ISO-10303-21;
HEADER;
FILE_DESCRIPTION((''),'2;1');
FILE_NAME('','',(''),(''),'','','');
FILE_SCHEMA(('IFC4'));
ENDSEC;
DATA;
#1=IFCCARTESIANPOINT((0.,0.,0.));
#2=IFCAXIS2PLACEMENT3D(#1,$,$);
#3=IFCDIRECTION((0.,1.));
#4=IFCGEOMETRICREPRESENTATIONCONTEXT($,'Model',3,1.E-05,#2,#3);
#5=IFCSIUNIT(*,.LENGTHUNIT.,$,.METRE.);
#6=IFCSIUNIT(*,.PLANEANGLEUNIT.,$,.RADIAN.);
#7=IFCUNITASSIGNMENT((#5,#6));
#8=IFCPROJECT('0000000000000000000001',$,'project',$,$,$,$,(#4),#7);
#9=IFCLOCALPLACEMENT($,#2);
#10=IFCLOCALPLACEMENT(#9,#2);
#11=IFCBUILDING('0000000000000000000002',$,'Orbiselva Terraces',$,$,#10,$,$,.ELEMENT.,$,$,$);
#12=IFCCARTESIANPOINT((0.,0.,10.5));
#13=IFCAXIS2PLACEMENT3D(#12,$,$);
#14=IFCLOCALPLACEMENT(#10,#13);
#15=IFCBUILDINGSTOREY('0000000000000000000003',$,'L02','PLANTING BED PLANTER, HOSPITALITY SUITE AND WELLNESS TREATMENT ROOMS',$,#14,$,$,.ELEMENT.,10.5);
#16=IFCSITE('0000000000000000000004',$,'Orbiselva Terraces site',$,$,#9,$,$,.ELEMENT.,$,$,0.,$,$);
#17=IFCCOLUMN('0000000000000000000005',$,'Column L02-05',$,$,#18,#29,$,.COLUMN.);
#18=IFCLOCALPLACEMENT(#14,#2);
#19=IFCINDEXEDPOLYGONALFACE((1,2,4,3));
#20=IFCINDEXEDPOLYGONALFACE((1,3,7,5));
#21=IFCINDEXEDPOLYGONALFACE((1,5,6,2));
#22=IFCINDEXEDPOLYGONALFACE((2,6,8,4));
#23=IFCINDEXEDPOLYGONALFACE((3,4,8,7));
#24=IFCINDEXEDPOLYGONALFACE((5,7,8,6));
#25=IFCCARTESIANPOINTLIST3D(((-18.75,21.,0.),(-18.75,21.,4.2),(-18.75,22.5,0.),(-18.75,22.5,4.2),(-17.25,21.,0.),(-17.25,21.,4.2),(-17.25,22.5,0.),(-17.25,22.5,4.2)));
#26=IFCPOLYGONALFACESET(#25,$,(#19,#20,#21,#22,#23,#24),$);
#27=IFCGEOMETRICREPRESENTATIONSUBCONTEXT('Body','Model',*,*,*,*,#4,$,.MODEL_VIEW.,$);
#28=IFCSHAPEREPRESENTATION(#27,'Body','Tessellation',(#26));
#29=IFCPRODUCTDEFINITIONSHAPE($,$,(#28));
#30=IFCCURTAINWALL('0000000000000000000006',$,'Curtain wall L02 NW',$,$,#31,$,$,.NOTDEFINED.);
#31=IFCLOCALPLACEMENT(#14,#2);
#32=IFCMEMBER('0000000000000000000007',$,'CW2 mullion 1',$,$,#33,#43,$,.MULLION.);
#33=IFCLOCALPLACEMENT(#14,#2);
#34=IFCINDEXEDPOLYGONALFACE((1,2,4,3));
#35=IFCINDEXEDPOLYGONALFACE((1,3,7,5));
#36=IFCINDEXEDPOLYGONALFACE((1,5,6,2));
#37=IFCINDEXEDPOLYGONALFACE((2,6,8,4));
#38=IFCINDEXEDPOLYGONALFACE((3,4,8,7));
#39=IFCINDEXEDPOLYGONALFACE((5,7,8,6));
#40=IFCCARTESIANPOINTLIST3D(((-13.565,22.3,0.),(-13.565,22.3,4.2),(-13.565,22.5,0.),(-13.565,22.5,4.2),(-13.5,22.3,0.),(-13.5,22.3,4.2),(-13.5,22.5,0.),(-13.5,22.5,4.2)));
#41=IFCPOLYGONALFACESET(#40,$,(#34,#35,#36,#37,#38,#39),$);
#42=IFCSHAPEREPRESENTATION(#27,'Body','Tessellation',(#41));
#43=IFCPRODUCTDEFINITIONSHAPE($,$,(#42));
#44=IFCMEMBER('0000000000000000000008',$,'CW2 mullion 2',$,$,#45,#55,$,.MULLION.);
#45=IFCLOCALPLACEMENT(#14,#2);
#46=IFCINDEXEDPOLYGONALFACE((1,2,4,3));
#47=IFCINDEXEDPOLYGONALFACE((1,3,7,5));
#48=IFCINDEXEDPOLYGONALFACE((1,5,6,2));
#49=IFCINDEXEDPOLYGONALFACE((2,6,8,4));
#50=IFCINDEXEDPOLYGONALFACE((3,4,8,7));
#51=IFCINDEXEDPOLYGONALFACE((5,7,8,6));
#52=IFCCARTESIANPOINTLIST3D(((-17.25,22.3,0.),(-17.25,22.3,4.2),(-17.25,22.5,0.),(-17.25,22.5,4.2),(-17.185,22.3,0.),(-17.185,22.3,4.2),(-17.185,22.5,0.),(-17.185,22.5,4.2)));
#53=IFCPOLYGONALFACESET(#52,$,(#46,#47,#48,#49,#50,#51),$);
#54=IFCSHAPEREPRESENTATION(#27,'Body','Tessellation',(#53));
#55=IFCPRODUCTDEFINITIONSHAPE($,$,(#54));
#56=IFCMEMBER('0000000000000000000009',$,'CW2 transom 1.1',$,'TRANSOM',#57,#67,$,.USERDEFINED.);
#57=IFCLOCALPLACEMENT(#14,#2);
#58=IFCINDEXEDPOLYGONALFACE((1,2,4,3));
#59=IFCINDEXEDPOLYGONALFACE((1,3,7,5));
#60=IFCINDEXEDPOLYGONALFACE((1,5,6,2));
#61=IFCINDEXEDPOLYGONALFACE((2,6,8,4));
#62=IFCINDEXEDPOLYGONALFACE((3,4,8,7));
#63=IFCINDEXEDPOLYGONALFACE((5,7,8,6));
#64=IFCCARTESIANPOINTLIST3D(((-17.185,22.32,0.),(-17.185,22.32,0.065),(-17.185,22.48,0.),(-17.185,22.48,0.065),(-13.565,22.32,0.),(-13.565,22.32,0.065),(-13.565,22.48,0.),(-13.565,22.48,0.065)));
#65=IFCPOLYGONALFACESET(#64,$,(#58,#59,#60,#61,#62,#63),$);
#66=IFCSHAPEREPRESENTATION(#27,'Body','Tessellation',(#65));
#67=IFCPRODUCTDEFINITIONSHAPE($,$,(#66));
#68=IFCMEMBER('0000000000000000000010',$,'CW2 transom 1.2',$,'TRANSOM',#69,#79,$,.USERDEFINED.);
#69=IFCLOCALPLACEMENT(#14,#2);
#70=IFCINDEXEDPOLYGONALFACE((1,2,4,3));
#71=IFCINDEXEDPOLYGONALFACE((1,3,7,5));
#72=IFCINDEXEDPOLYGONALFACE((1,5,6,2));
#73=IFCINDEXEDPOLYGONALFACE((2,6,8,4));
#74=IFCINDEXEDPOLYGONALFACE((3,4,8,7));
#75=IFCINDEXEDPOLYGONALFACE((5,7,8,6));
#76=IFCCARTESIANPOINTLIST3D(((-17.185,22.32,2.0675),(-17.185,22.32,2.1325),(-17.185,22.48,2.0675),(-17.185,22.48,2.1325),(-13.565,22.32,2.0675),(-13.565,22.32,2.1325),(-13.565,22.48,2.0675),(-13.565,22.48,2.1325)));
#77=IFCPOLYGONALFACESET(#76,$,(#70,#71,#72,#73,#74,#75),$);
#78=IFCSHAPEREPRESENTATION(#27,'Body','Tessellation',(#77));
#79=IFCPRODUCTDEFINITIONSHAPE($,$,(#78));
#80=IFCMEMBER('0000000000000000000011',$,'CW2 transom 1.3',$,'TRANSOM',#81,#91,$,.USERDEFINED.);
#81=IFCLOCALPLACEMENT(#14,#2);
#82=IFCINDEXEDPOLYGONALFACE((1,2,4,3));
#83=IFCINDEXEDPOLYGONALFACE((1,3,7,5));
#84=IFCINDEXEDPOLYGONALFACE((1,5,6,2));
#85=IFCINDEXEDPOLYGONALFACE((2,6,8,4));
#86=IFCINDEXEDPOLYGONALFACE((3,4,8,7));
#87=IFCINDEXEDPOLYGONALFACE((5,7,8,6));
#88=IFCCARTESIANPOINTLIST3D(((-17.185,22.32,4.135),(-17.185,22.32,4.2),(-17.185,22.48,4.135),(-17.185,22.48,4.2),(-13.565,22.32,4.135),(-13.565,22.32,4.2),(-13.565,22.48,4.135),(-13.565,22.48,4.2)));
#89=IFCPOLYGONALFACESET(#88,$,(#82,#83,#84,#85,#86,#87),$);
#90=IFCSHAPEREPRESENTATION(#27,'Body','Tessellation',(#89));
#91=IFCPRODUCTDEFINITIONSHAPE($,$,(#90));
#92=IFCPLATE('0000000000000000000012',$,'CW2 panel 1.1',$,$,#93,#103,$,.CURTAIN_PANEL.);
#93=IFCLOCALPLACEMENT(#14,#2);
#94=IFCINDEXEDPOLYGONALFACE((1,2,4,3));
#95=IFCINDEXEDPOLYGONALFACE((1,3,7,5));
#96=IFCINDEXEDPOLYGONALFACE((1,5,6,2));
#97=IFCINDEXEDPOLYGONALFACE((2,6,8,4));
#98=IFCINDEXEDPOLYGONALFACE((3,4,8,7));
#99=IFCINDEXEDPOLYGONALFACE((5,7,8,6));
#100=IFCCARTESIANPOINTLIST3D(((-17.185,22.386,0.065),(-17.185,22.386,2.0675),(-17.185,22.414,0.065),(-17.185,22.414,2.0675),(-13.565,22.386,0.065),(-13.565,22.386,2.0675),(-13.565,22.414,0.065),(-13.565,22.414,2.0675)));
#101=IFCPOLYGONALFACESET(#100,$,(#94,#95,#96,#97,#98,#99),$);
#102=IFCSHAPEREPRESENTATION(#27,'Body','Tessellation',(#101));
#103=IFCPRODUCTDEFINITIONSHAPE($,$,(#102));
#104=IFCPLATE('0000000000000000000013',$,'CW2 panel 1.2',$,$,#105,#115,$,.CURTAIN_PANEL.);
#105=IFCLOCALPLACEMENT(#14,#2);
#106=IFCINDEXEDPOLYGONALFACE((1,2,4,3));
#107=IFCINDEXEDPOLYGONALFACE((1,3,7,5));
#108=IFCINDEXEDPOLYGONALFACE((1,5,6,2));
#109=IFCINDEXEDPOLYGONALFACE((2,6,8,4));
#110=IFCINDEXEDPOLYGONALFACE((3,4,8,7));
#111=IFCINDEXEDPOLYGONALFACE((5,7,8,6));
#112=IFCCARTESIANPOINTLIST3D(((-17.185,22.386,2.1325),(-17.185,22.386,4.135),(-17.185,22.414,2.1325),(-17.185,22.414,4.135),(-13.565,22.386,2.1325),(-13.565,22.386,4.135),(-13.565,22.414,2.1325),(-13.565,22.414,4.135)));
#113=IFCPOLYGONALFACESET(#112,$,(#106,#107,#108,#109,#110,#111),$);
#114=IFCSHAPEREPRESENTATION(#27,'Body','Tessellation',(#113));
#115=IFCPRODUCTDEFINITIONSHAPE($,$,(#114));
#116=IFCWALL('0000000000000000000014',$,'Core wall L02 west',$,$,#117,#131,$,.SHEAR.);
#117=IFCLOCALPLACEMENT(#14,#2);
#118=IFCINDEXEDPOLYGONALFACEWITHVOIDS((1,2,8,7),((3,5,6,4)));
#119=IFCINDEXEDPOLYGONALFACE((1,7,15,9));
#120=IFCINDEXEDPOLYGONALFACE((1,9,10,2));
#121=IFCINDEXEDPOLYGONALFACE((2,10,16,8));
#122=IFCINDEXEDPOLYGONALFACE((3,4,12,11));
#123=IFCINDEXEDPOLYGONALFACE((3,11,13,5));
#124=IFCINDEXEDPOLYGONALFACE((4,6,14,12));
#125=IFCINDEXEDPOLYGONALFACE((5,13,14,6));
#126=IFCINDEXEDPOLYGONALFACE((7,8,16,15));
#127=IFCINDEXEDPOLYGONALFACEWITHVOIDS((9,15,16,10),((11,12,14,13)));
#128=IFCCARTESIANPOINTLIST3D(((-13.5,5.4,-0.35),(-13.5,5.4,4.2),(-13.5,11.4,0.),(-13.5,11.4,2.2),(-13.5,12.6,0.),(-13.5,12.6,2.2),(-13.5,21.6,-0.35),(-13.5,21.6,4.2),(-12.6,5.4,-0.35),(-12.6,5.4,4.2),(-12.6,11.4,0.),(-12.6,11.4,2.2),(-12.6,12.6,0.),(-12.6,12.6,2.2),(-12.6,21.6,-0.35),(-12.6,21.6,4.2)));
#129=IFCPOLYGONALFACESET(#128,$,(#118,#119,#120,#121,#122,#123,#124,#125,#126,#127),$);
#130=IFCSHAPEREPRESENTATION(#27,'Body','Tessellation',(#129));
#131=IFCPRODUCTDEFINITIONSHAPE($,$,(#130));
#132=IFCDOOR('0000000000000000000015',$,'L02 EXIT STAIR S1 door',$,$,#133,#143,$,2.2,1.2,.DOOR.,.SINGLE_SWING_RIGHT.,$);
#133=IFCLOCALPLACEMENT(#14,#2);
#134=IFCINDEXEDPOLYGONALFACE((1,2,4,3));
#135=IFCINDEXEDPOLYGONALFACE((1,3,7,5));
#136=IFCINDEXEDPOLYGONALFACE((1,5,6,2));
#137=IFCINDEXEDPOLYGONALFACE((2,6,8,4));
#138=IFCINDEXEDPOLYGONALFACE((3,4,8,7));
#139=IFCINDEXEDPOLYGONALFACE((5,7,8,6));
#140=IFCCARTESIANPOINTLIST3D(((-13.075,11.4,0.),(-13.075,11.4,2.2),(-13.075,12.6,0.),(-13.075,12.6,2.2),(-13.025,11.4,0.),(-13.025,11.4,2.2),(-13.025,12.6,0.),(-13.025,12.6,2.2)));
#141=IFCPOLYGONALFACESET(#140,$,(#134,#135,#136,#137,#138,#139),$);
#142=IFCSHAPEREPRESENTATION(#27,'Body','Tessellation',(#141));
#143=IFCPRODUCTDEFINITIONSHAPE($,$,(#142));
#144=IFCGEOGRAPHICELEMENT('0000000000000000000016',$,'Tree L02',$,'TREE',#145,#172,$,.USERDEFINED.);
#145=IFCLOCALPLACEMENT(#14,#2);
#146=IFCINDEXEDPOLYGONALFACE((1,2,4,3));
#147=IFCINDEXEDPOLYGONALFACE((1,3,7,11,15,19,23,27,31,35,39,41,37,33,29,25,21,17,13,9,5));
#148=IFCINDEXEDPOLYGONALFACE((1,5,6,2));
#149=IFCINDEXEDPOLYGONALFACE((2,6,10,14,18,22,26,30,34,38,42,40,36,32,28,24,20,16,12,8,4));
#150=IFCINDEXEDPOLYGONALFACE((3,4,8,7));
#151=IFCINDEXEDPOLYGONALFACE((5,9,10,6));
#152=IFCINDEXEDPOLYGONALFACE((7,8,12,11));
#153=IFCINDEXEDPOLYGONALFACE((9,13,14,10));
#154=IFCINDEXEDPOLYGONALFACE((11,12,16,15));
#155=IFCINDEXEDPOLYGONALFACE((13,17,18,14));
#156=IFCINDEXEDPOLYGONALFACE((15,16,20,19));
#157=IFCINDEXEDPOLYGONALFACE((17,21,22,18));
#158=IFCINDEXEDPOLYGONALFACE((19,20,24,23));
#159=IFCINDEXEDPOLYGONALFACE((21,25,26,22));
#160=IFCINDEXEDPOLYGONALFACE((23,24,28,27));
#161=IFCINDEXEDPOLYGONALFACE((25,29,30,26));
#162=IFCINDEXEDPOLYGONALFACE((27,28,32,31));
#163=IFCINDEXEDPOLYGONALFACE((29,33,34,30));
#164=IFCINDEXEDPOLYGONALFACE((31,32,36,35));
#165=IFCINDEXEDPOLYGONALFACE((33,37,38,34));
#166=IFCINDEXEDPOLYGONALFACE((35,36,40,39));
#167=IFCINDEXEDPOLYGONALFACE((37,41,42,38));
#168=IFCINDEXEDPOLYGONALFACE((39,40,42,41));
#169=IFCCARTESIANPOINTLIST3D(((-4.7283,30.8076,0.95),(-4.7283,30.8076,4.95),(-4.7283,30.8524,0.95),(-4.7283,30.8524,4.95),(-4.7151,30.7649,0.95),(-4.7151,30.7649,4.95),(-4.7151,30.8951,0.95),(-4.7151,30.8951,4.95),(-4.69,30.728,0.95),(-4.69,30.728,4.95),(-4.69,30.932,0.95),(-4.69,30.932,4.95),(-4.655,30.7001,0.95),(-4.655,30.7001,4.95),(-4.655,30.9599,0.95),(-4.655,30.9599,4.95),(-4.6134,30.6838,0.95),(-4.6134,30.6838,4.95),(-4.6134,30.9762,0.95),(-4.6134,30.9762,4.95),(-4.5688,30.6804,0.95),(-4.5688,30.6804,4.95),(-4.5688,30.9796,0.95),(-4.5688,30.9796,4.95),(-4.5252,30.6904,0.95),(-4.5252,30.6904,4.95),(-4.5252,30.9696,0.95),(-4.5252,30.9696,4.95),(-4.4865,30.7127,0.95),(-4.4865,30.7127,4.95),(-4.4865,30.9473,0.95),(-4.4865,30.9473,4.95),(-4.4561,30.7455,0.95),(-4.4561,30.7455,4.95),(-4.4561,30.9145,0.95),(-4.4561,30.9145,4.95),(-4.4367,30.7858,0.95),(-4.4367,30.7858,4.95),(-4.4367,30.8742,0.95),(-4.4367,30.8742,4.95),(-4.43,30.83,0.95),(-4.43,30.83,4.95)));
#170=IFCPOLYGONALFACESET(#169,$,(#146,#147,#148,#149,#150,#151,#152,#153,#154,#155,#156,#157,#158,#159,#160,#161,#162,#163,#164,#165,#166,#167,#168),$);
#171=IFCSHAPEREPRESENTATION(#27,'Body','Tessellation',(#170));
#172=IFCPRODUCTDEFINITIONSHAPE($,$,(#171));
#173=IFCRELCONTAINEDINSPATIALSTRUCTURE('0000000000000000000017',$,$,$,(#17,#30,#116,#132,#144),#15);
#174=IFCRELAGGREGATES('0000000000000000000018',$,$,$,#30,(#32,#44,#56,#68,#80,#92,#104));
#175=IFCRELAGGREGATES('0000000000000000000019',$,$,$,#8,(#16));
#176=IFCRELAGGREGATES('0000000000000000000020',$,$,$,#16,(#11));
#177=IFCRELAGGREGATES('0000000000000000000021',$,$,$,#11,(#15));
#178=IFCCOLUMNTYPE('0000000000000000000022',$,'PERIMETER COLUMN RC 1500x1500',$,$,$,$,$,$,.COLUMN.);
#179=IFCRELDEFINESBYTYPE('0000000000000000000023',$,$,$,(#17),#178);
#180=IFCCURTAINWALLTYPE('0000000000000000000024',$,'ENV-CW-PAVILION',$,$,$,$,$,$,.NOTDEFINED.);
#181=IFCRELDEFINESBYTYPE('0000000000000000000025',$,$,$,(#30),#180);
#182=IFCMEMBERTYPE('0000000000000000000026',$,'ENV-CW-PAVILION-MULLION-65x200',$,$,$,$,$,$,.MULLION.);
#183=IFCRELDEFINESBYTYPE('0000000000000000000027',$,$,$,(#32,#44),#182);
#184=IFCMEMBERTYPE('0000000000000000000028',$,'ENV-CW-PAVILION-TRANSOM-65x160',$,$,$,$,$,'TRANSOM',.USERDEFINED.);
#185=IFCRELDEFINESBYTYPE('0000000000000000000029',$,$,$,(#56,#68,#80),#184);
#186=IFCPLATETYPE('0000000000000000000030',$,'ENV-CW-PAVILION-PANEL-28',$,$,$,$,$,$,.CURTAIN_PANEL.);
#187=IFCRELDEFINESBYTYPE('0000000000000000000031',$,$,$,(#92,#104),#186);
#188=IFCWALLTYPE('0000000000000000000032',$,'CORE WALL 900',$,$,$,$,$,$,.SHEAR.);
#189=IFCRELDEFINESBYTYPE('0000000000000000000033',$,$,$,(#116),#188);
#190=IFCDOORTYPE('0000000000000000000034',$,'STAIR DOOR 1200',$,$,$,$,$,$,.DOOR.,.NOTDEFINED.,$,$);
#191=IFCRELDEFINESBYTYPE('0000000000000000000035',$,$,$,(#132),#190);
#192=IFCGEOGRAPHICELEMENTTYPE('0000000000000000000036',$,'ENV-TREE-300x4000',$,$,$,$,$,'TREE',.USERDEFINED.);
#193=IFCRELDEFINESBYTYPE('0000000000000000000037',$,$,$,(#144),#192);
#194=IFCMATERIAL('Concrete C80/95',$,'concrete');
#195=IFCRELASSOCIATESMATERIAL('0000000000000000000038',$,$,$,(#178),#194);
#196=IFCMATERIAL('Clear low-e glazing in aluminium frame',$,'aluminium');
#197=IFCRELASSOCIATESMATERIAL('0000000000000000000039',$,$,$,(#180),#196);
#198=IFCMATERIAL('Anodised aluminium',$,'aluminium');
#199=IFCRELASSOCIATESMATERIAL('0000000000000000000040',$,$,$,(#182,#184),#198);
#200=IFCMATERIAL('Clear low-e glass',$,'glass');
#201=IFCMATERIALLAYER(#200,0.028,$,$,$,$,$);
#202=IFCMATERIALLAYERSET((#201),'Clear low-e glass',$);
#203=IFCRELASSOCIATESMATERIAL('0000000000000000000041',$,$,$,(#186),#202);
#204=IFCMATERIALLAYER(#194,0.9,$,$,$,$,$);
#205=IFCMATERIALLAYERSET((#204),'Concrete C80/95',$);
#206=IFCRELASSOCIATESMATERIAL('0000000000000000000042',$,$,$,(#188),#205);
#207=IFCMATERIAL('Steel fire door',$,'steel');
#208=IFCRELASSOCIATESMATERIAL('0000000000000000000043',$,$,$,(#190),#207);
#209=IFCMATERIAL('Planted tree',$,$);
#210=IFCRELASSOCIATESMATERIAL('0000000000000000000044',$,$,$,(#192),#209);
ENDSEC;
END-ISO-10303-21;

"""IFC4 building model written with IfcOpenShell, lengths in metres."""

from ifc_helpers import new_model, si_unit, direction, frame, frame_2d, origin, origin_2d, place, context, subcontext, project, spatial, rectangle, circle, extrude, material, layer, layer_set, material_profile, profile_set, type_object, element, fill, aggregate, save


model = new_model("IFC4")

# Units and contexts
model_context = context("Model", 3, precision=1e-05, world=origin(), true_north=direction((0.0, 1.0)))
body_context = subcontext(model_context, "Body", "Model", "MODEL_VIEW")
ifc_project = project(units=[si_unit("LENGTHUNIT", "METRE"), si_unit("PLANEANGLEUNIT", "RADIAN")], contexts=[model_context])

# Site, building, storey
site_placement = place(None, origin())
site = spatial("IfcSite", under=ifc_project, at=site_placement, Name="Orbiselva Terraces site", CompositionType="ELEMENT", RefElevation=0.0)
building_placement = place(site_placement, origin())
building = spatial("IfcBuilding", under=site, at=building_placement, Name="Orbiselva Terraces", CompositionType="ELEMENT")
storey_placement = place(building_placement, frame((0.0, 0.0, 10.5)))
storey = spatial("IfcBuildingStorey", under=building, at=storey_placement, Name="L02", Description="PLANTING BED PLANTER, HOSPITALITY SUITE AND WELLNESS TREATMENT ROOMS", CompositionType="ELEMENT", Elevation=10.5)

# Column
ifc_material_1 = material(Name="Concrete C80/95", Category="concrete")
ifc_material_profile_1 = material_profile(ifc_material_1, rectangle(XDim=1.5, YDim=1.5, at=origin_2d()), Name="RC 1500x1500")
ifc_profile_set_1 = profile_set([ifc_material_profile_1], Name="Concrete C80/95")
column_type = type_object("IfcColumnType", Name="PERIMETER COLUMN RC 1500x1500", PredefinedType="COLUMN", material=ifc_profile_set_1)
column_placement = place(storey_placement, frame((-18.0, 21.75, 0.0), z_axis=(0.0, 0.0, 1.0), x_axis=(1.0, 0.0, 0.0)))
element("IfcColumn", 1, at=column_placement, inside=storey, type_object=column_type, Name="Column L02-05", PredefinedType="COLUMN", context=body_context, shape_type="SweptSolid", body=[
    extrude(rectangle(XDim=1.5, YDim=1.5, at=origin_2d()), origin(), (0.0, 0.0, 1.0), 4.2),
])

# Curtain wall, members, plates
ifc_material_2 = material(Name="Clear low-e glazing in aluminium frame", Category="aluminium")
curtain_wall_type = type_object("IfcCurtainWallType", Name="ENV-CW-PAVILION", PredefinedType="NOTDEFINED", material=ifc_material_2)
curtain_wall_placement = place(storey_placement, origin())
curtain_wall = element("IfcCurtainWall", 2, at=curtain_wall_placement, inside=storey, type_object=curtain_wall_type, Name="Curtain wall L02 NW", PredefinedType="NOTDEFINED")
ifc_material_3 = material(Name="Anodised aluminium", Category="aluminium")
ifc_material_profile_2 = material_profile(ifc_material_3, rectangle(XDim=0.2, YDim=0.065, at=origin_2d()), Name="AL 65x200")
ifc_profile_set_2 = profile_set([ifc_material_profile_2], Name="Anodised aluminium")
member_type_1 = type_object("IfcMemberType", Name="ENV-CW-PAVILION-MULLION-65x200", PredefinedType="MULLION", material=ifc_profile_set_2)
member_1_placement = place(storey_placement, frame((-13.5325, 22.4, 0.0), z_axis=(0.0, 0.0, 1.0), x_axis=(0.0, -1.0, 0.0)))
member_1 = element("IfcMember", 3, at=member_1_placement, type_object=member_type_1, Name="CW2 mullion 1", PredefinedType="MULLION", context=body_context, shape_type="SweptSolid", body=[
    extrude(rectangle(XDim=0.2, YDim=0.065, at=origin_2d()), origin(), (0.0, 0.0, 1.0), 4.2),
])
member_2_placement = place(storey_placement, frame((-17.2175, 22.4, 0.0), z_axis=(0.0, 0.0, 1.0), x_axis=(0.0, -1.0, 0.0)))
member_2 = element("IfcMember", 4, at=member_2_placement, type_object=member_type_1, Name="CW2 mullion 2", PredefinedType="MULLION", context=body_context, shape_type="SweptSolid", body=[
    extrude(rectangle(XDim=0.2, YDim=0.065, at=origin_2d()), origin(), (0.0, 0.0, 1.0), 4.2),
])
ifc_material_profile_3 = material_profile(ifc_material_3, rectangle(XDim=0.16, YDim=0.065, at=origin_2d()), Name="AL 65x160")
ifc_profile_set_3 = profile_set([ifc_material_profile_3], Name="Anodised aluminium")
member_type_2 = type_object("IfcMemberType", Name="ENV-CW-PAVILION-TRANSOM-65x160", ElementType="TRANSOM", PredefinedType="USERDEFINED", material=ifc_profile_set_3)
member_3_placement = place(storey_placement, frame((-13.565, 22.4, 0.0325), z_axis=(-1.0, 0.0, 0.0), x_axis=(0.0, -1.0, 0.0)))
member_3 = element("IfcMember", 5, at=member_3_placement, type_object=member_type_2, Name="CW2 transom 1.1", ObjectType="TRANSOM", PredefinedType="USERDEFINED", context=body_context, shape_type="SweptSolid", body=[
    extrude(rectangle(XDim=0.16, YDim=0.065, at=origin_2d()), origin(), (0.0, 0.0, 1.0), 3.62),
])
member_4_placement = place(storey_placement, frame((-13.565, 22.4, 2.1), z_axis=(-1.0, 0.0, 0.0), x_axis=(0.0, -1.0, 0.0)))
member_4 = element("IfcMember", 6, at=member_4_placement, type_object=member_type_2, Name="CW2 transom 1.2", ObjectType="TRANSOM", PredefinedType="USERDEFINED", context=body_context, shape_type="SweptSolid", body=[
    extrude(rectangle(XDim=0.16, YDim=0.065, at=origin_2d()), origin(), (0.0, 0.0, 1.0), 3.62),
])
member_5_placement = place(storey_placement, frame((-13.565, 22.4, 4.1675), z_axis=(-1.0, 0.0, 0.0), x_axis=(0.0, -1.0, 0.0)))
member_5 = element("IfcMember", 7, at=member_5_placement, type_object=member_type_2, Name="CW2 transom 1.3", ObjectType="TRANSOM", PredefinedType="USERDEFINED", context=body_context, shape_type="SweptSolid", body=[
    extrude(rectangle(XDim=0.16, YDim=0.065, at=origin_2d()), origin(), (0.0, 0.0, 1.0), 3.62),
])
ifc_material_4 = material(Name="Clear low-e glass", Category="glass")
ifc_layer_1 = layer(ifc_material_4, 0.028)
ifc_layer_set_1 = layer_set([ifc_layer_1], Name="Clear low-e glass")
plate_type = type_object("IfcPlateType", Name="ENV-CW-PAVILION-PANEL-28", PredefinedType="CURTAIN_PANEL", material=ifc_layer_set_1)
plate_1_placement = place(storey_placement, frame((-15.375, 22.4, 0.065), z_axis=(0.0, 0.0, 1.0), x_axis=(-1.0, 0.0, 0.0)))
plate_1 = element("IfcPlate", 8, at=plate_1_placement, type_object=plate_type, Name="CW2 panel 1.1", PredefinedType="CURTAIN_PANEL", context=body_context, shape_type="SweptSolid", body=[
    extrude(rectangle(XDim=3.62, YDim=0.028, at=origin_2d()), origin(), (0.0, 0.0, 1.0), 2.0025),
])
plate_2_placement = place(storey_placement, frame((-15.375, 22.4, 2.1325), z_axis=(0.0, 0.0, 1.0), x_axis=(-1.0, 0.0, 0.0)))
plate_2 = element("IfcPlate", 9, at=plate_2_placement, type_object=plate_type, Name="CW2 panel 1.2", PredefinedType="CURTAIN_PANEL", context=body_context, shape_type="SweptSolid", body=[
    extrude(rectangle(XDim=3.62, YDim=0.028, at=origin_2d()), origin(), (0.0, 0.0, 1.0), 2.0025),
])
aggregate(curtain_wall, [member_1, member_2, member_3, member_4, member_5, plate_1, plate_2])

# Wall, opening, door
ifc_layer_2 = layer(ifc_material_1, 0.9)
ifc_layer_set_2 = layer_set([ifc_layer_2], Name="Concrete C80/95")
wall_type = type_object("IfcWallType", Name="CORE WALL 900", PredefinedType="SHEAR", material=ifc_layer_set_2)
wall_placement = place(storey_placement, frame((-13.05, 21.6, -0.35), z_axis=(0.0, 0.0, 1.0), x_axis=(0.0, -1.0, 0.0)))
wall = element("IfcWall", 10, at=wall_placement, inside=storey, type_object=wall_type, Name="Core wall L02 west", PredefinedType="SHEAR", context=body_context, shape_type="SweptSolid", body=[
    extrude(rectangle(XDim=16.2, YDim=0.9, at=frame_2d((8.1, 0.0))), origin(), (0.0, 0.0, 1.0), 4.55),
])
opening_placement = place(wall_placement, frame((9.0, 0.0, 0.35)))
opening = element("IfcOpeningElement", 11, at=opening_placement, cuts=wall, PredefinedType="OPENING", context=body_context, shape_type="SweptSolid", body=[
    extrude(rectangle(XDim=1.2, YDim=2.2, at=frame_2d((0.6, 1.1))), frame((0.0, 0.46, 0.0), z_axis=(0.0, -1.0, 0.0), x_axis=(1.0, 0.0, 0.0)), (0.0, 0.0, 1.0), 0.92),
])
ifc_material_5 = material(Name="Steel fire door", Category="steel")
door_type = type_object("IfcDoorType", Name="STAIR DOOR 1200", OperationType="NOTDEFINED", PredefinedType="DOOR", material=ifc_material_5)
door_placement = place(opening_placement, frame((1.2, 0.0, 0.0), z_axis=(0.0, 0.0, 1.0), x_axis=(-1.0, 0.0, 0.0)))
door = element("IfcDoor", 12, at=door_placement, inside=storey, type_object=door_type, Name="L02 EXIT STAIR S1 door", OperationType="SINGLE_SWING_RIGHT", OverallHeight=2.2, OverallWidth=1.2, PredefinedType="DOOR", context=body_context, shape_type="SweptSolid", body=[
    extrude(rectangle(XDim=1.2, YDim=2.2, at=frame_2d((0.6, 1.1))), frame((0.0, 0.025, 0.0), z_axis=(0.0, -1.0, 0.0), x_axis=(1.0, 0.0, 0.0)), (0.0, 0.0, 1.0), 0.05),
])
fill(opening, door)

# Geographic element
ifc_material_6 = material(Name="Planted tree")
geographic_element_type = type_object("IfcGeographicElementType", Name="ENV-TREE-300x4000", ElementType="TREE", PredefinedType="USERDEFINED", material=ifc_material_6)
for number, where, z_axis, x_axis, name in (
    (13, (-4.58, 30.83, 4.95), (0.0, 0.0, -1.0), (1.0, 0.0, 0.0), "Tree L02"),
):
    element("IfcGeographicElement", number, at=place(storey_placement, frame(where, z_axis=z_axis, x_axis=x_axis)), inside=storey, type_object=geographic_element_type, Name=name, ObjectType="TREE", PredefinedType="USERDEFINED", context=body_context, shape_type="SweptSolid", body=[
        extrude(circle(Radius=0.15, at=origin_2d()), origin(), (0.0, 0.0, 1.0), 4.0),
    ])

save(model, "model.ifc")
